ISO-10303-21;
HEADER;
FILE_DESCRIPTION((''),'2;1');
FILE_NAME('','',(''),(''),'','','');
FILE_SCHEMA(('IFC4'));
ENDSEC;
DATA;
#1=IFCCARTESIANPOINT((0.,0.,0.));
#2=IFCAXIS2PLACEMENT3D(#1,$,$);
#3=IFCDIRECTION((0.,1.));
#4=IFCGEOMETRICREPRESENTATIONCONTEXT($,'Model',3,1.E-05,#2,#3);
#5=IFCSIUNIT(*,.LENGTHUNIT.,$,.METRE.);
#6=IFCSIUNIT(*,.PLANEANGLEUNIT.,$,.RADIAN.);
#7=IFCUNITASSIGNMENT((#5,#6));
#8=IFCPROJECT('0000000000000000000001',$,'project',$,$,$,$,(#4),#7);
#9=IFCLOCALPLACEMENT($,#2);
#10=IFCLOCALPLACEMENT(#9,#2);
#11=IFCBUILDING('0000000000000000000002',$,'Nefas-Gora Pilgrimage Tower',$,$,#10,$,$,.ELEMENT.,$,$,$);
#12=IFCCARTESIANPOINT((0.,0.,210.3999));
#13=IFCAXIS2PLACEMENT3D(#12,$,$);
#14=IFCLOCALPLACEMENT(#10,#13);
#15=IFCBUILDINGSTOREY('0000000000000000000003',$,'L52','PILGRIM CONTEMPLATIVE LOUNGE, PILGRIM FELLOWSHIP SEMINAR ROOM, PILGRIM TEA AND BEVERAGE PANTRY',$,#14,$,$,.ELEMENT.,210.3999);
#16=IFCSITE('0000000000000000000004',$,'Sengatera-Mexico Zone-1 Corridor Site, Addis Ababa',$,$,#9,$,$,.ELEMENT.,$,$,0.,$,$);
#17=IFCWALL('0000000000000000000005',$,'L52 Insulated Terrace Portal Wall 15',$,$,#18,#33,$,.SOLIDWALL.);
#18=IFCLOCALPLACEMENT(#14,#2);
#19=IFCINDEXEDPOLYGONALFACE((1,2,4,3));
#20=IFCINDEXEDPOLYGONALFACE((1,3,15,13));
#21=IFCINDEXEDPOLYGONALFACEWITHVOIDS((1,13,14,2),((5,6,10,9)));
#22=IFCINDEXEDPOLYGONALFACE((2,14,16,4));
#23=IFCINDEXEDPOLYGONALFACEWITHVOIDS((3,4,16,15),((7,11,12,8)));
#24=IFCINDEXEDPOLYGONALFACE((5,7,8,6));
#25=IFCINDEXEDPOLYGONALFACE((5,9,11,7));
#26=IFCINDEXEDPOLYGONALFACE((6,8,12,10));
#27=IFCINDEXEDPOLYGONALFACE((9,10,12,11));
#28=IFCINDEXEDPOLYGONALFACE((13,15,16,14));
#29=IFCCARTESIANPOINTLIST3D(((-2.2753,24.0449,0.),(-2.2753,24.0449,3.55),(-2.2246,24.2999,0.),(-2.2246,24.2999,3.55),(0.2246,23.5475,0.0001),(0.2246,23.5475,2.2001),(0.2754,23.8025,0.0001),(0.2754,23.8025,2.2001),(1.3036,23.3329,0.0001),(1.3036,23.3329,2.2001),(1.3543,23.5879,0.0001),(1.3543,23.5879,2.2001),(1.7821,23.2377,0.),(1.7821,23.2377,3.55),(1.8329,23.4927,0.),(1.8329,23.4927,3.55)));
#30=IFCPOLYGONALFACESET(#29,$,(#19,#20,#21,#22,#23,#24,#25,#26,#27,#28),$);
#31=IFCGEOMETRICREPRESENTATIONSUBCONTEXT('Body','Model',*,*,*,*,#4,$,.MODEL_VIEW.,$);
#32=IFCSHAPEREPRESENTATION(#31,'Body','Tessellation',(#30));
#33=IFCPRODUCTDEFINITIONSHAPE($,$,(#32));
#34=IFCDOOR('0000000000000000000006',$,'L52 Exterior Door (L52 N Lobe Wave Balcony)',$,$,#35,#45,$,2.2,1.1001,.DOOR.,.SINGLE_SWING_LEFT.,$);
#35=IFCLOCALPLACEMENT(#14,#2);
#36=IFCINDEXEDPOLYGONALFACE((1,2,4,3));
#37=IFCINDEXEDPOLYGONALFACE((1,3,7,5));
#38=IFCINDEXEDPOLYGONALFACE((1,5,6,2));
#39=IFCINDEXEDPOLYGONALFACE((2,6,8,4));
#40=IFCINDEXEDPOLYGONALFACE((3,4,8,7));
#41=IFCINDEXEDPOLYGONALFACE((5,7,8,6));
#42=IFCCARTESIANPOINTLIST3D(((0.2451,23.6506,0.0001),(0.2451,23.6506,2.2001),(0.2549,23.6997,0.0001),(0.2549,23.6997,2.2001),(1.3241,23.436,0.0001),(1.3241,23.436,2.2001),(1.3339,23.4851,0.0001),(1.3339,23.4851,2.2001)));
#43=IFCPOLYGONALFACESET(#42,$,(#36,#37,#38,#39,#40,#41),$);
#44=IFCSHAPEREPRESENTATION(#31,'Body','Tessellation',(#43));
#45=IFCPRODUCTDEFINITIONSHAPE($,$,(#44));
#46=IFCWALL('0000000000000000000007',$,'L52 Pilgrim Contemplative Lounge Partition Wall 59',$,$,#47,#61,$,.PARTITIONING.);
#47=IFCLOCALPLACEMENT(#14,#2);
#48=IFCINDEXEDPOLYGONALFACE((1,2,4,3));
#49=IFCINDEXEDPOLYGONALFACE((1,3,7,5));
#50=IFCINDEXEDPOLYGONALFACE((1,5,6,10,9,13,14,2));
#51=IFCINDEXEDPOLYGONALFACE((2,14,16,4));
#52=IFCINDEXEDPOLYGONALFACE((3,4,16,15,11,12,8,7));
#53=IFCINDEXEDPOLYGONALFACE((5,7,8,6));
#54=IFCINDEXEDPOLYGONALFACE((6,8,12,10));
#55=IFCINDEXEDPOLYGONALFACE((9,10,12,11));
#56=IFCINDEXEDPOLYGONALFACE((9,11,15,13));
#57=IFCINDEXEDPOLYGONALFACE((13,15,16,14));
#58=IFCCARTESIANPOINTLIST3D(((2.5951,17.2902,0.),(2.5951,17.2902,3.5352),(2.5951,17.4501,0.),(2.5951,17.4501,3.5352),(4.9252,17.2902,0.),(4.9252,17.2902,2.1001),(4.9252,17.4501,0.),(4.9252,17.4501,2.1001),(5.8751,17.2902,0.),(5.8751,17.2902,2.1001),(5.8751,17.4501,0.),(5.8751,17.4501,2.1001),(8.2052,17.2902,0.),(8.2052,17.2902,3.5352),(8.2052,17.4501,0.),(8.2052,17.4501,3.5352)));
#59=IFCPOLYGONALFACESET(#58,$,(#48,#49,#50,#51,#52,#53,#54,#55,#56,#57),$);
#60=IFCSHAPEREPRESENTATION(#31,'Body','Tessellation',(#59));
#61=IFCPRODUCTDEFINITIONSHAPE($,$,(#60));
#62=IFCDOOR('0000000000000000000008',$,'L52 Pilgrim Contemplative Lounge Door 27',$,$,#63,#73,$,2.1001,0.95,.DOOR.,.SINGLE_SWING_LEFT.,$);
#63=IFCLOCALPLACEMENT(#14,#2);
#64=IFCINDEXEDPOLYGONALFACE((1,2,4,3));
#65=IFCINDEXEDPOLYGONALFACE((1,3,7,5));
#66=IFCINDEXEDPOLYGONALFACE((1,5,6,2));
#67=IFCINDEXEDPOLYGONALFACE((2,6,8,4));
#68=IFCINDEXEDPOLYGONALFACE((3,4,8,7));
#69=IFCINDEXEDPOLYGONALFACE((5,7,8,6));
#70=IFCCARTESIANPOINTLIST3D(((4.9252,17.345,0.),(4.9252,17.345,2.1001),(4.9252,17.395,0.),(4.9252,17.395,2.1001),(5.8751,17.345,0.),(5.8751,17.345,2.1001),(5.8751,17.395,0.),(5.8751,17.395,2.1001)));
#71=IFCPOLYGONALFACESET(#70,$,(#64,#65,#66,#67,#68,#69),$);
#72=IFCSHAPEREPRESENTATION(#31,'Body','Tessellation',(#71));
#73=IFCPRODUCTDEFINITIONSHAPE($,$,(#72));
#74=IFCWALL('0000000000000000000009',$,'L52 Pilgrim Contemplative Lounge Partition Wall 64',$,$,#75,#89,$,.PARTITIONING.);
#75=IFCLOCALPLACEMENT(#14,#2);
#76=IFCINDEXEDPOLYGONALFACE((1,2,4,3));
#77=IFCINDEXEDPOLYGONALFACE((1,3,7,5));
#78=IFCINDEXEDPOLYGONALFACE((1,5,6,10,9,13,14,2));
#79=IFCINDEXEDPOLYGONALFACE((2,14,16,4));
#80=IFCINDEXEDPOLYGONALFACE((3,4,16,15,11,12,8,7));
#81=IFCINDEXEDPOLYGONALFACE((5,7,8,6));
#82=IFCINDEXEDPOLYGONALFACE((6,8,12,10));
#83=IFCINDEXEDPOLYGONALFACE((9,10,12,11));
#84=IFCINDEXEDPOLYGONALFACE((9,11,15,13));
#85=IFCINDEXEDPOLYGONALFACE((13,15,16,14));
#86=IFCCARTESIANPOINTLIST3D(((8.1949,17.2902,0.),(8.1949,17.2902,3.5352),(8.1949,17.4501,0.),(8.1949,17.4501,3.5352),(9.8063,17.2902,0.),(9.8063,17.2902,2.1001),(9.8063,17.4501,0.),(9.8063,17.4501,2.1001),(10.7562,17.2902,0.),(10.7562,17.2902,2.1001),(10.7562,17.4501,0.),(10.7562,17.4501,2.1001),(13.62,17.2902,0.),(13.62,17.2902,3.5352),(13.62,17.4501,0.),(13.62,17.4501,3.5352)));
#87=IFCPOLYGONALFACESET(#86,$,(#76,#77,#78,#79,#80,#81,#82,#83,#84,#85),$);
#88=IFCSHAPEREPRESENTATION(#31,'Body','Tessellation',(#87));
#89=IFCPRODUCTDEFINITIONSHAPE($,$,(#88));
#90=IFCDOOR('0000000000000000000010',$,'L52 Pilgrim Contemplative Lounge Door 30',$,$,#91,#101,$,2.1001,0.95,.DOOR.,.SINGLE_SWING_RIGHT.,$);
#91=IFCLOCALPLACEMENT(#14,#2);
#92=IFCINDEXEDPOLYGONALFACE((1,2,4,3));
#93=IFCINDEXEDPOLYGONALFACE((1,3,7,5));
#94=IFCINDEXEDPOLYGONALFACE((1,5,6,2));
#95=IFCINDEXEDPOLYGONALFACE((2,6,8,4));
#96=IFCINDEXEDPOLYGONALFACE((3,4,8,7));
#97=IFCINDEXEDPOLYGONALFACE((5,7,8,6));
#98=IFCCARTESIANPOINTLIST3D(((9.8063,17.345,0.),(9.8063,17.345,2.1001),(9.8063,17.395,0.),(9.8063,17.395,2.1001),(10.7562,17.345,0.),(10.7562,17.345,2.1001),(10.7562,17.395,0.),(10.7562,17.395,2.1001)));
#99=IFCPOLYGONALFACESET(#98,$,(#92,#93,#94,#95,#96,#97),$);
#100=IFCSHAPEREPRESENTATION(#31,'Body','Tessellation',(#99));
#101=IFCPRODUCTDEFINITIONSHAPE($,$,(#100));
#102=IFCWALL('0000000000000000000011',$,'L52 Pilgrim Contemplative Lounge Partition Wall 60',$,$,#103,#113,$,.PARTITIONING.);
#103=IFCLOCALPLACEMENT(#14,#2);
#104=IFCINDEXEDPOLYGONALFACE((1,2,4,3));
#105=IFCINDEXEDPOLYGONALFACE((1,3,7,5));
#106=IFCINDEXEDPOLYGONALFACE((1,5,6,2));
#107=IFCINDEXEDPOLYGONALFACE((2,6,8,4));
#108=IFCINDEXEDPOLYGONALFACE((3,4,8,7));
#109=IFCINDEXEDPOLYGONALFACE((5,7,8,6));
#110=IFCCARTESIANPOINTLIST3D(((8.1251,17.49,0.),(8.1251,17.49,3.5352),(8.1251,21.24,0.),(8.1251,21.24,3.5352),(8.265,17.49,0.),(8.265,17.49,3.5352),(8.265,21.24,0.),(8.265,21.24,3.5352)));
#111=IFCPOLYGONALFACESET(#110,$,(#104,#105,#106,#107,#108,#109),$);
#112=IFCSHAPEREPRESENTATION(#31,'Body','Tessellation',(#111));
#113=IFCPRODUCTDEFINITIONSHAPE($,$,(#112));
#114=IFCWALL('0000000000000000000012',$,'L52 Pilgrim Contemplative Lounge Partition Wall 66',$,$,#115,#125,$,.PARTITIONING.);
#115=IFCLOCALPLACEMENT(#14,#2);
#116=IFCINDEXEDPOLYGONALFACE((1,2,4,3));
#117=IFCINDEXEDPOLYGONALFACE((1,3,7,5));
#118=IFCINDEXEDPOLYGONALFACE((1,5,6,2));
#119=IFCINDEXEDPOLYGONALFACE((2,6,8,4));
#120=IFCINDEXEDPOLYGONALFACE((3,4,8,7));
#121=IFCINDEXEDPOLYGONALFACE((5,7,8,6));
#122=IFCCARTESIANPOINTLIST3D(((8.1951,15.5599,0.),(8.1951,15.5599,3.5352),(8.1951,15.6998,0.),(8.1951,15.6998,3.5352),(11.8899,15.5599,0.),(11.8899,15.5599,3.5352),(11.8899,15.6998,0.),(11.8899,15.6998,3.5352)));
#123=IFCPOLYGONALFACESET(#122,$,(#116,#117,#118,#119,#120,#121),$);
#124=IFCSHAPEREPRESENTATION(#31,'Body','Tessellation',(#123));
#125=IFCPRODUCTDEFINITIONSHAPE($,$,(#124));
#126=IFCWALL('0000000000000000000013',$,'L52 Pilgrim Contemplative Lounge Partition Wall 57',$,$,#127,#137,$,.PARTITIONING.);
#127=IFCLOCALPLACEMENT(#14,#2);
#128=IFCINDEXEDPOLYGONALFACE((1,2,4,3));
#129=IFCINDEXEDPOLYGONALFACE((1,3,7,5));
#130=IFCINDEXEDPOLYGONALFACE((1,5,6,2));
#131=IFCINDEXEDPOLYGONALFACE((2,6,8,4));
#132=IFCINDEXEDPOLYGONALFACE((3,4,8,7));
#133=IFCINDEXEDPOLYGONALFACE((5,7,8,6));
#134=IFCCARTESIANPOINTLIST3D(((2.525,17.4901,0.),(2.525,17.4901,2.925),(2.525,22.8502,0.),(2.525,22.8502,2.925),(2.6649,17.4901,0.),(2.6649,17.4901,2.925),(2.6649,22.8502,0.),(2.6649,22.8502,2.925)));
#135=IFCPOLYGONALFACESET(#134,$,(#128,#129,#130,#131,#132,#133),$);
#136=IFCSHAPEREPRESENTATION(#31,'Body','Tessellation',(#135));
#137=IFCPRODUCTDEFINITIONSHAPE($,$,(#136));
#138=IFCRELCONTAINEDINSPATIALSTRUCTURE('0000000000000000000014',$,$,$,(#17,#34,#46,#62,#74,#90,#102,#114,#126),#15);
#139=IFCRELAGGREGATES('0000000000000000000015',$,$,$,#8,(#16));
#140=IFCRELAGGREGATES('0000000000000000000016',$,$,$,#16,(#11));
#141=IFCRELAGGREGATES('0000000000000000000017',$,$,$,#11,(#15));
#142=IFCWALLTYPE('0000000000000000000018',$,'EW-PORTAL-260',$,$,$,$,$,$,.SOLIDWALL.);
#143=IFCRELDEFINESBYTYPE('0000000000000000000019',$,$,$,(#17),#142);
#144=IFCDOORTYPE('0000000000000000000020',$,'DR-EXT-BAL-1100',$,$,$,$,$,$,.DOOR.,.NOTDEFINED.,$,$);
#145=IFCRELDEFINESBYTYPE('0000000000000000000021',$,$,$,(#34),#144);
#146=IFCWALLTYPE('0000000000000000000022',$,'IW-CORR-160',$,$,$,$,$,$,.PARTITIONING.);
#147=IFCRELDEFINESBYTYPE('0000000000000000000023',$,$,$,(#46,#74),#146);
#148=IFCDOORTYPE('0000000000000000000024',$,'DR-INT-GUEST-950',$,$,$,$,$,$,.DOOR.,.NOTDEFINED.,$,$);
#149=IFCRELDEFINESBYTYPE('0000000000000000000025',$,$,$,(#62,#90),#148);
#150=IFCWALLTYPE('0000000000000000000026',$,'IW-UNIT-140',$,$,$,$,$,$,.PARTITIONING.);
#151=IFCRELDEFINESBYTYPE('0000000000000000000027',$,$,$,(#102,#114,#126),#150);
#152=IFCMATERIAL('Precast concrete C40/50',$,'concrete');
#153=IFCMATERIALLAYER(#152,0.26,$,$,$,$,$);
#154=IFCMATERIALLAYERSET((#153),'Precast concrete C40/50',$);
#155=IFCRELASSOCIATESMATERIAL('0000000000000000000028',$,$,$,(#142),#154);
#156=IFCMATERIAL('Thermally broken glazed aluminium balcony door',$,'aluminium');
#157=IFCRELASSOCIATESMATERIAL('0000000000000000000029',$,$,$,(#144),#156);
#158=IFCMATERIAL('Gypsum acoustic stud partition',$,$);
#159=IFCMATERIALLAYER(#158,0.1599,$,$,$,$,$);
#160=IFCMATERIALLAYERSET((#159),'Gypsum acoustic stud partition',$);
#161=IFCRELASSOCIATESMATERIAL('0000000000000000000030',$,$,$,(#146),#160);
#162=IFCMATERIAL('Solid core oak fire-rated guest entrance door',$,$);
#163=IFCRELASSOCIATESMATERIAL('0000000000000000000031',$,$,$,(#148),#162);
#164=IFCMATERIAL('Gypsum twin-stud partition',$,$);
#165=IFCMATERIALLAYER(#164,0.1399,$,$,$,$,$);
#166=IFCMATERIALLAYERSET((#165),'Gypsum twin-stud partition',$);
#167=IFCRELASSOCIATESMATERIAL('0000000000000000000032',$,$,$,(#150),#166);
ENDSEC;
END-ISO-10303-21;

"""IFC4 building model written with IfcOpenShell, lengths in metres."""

from ifc_helpers import new_model, si_unit, direction, frame, frame_2d, origin, place, context, subcontext, project, spatial, rectangle, extrude, source, transform, mapped, material, layer, layer_set, type_object, element, fill, save


model = new_model("IFC4")

# Units and contexts
model_context = context("Model", 3, precision=1e-05, world=origin(), true_north=direction((0.0, 1.0)))
body_context = subcontext(model_context, "Body", "Model", "MODEL_VIEW")
ifc_project = project(units=[si_unit("LENGTHUNIT", "METRE"), si_unit("PLANEANGLEUNIT", "RADIAN")], contexts=[model_context])

# Site, building, storey
site_placement = place(None, origin())
site = spatial("IfcSite", under=ifc_project, at=site_placement, Name="Sengatera-Mexico Zone-1 Corridor Site, Addis Ababa", CompositionType="ELEMENT", RefElevation=0.0)
building_placement = place(site_placement, origin())
building = spatial("IfcBuilding", under=site, at=building_placement, Name="Nefas-Gora Pilgrimage Tower", CompositionType="ELEMENT")
storey_placement = place(building_placement, frame((0.0, 0.0, 210.3999)))
storey = spatial("IfcBuildingStorey", under=building, at=storey_placement, Name="L52", Description="PILGRIM CONTEMPLATIVE LOUNGE, PILGRIM FELLOWSHIP SEMINAR ROOM, PILGRIM TEA AND BEVERAGE PANTRY", CompositionType="ELEMENT", Elevation=210.3999)

# Shared definitions
ifc_material_1 = material(Name="Precast concrete C40/50", Category="concrete")
ifc_layer_1 = layer(ifc_material_1, 0.26)
ifc_layer_set_1 = layer_set([ifc_layer_1], Name="Precast concrete C40/50")
wall_type_1 = type_object("IfcWallType", Name="EW-PORTAL-260", PredefinedType="SOLIDWALL", material=ifc_layer_set_1)

# Walls, openings, doors
shared_shape_1 = source(origin(), body_context, "Body", "SweptSolid", [
    extrude(rectangle(XDim=4.137, YDim=0.26, at=frame_2d((2.0684, 0.0))), origin(), (0.0, 0.0, 1.0), 3.55),
])
wall_1_placement = place(storey_placement, frame((1.8074, 23.3652, 0.0), z_axis=(0.0, 0.0, 1.0), x_axis=(-0.980782, 0.195106, 0.0)))
wall_1 = element("IfcWall", 1, at=wall_1_placement, inside=storey, type_object=wall_type_1, Name="L52 Insulated Terrace Portal Wall 15", PredefinedType="SOLIDWALL", context=body_context, shape_type="MappedRepresentation", body=[
    mapped(shared_shape_1, transform((0.0, 0.0, 0.0), x_axis=(1.0, 0.0, 0.0), y_axis=(0.0, 1.0, 0.0), z_axis=(0.0, 0.0, 1.0), scale=1.0)),
])
opening_1_placement = place(wall_1_placement, frame((0.4878, 0.0, 0.0)))
opening_1 = element("IfcOpeningElement", 2, at=opening_1_placement, cuts=wall_1, PredefinedType="OPENING", context=body_context, shape_type="SweptSolid", body=[
    extrude(rectangle(XDim=1.1001, YDim=2.2, at=frame_2d((0.55, 1.1001))), frame((0.0, 0.1399, 0.0), z_axis=(0.0, -1.0, 0.0), x_axis=(1.0, 0.0, 0.0)), (0.0, 0.0, 1.0), 0.28),
])
ifc_material_2 = material(Name="Thermally broken glazed aluminium balcony door", Category="aluminium")
door_type_1 = type_object("IfcDoorType", Name="DR-EXT-BAL-1100", OperationType="NOTDEFINED", PredefinedType="DOOR", material=ifc_material_2)
shared_shape_2 = source(origin(), body_context, "Body", "SweptSolid", [
    extrude(rectangle(XDim=1.1001, YDim=2.2, at=frame_2d((0.55, 1.1001))), frame((0.0, 0.0249, 0.0), z_axis=(0.0, -1.0, 0.0), x_axis=(1.0, 0.0, 0.0)), (0.0, 0.0, 1.0), 0.05),
])
door_1_placement = place(opening_1_placement, origin())
door_1 = element("IfcDoor", 3, at=door_1_placement, inside=storey, type_object=door_type_1, Name="L52 Exterior Door (L52 N Lobe Wave Balcony)", OperationType="SINGLE_SWING_LEFT", OverallHeight=2.2, OverallWidth=1.1001, PredefinedType="DOOR", context=body_context, shape_type="MappedRepresentation", body=[
    mapped(shared_shape_2, transform((0.0, 0.0, 0.0), x_axis=(1.0, 0.0, 0.0), y_axis=(0.0, 1.0, 0.0), z_axis=(0.0, 0.0, 1.0), scale=1.0)),
])
fill(opening_1, door_1)
ifc_material_3 = material(Name="Gypsum acoustic stud partition")
ifc_layer_2 = layer(ifc_material_3, 0.1599)
ifc_layer_set_2 = layer_set([ifc_layer_2], Name="Gypsum acoustic stud partition")
wall_type_2 = type_object("IfcWallType", Name="IW-CORR-160", PredefinedType="PARTITIONING", material=ifc_layer_set_2)
shared_shape_3 = source(origin(), body_context, "Body", "SweptSolid", [
    extrude(rectangle(XDim=5.6101, YDim=0.1599, at=frame_2d((2.8052, 0.0))), origin(), (0.0, 0.0, 1.0), 3.5352),
])
wall_2_placement = place(storey_placement, frame((2.595, 17.3701, 0.0), z_axis=(0.0, 0.0, 1.0), x_axis=(1.0, 0.0, 0.0)))
wall_2 = element("IfcWall", 4, at=wall_2_placement, inside=storey, type_object=wall_type_2, Name="L52 Pilgrim Contemplative Lounge Partition Wall 59", PredefinedType="PARTITIONING", context=body_context, shape_type="MappedRepresentation", body=[
    mapped(shared_shape_3, transform((0.0, 0.0, 0.0), x_axis=(1.0, 0.0, 0.0), y_axis=(0.0, 1.0, 0.0), z_axis=(0.0, 0.0, 1.0), scale=1.0)),
])
opening_2_placement = place(wall_2_placement, frame((2.3301, 0.0, 0.0)))
opening_2 = element("IfcOpeningElement", 5, at=opening_2_placement, cuts=wall_2, PredefinedType="OPENING", context=body_context, shape_type="SweptSolid", body=[
    extrude(rectangle(XDim=0.95, YDim=2.1001, at=frame_2d((0.4751, 1.05))), frame((0.0, 0.0898, 0.0), z_axis=(0.0, -1.0, 0.0), x_axis=(1.0, 0.0, 0.0)), (0.0, 0.0, 1.0), 0.1799),
])
ifc_material_4 = material(Name="Solid core oak fire-rated guest entrance door")
door_type_2 = type_object("IfcDoorType", Name="DR-INT-GUEST-950", OperationType="NOTDEFINED", PredefinedType="DOOR", material=ifc_material_4)
shared_shape_4 = source(origin(), body_context, "Body", "SweptSolid", [
    extrude(rectangle(XDim=0.95, YDim=2.1001, at=frame_2d((0.4751, 1.05))), frame((0.0, 0.0249, 0.0), z_axis=(0.0, -1.0, 0.0), x_axis=(1.0, 0.0, 0.0)), (0.0, 0.0, 1.0), 0.05),
])
door_2_placement = place(opening_2_placement, origin())
door_2 = element("IfcDoor", 6, at=door_2_placement, inside=storey, type_object=door_type_2, Name="L52 Pilgrim Contemplative Lounge Door 27", OperationType="SINGLE_SWING_LEFT", OverallHeight=2.1001, OverallWidth=0.95, PredefinedType="DOOR", context=body_context, shape_type="MappedRepresentation", body=[
    mapped(shared_shape_4, transform((0.0, 0.0, 0.0), x_axis=(1.0, 0.0, 0.0), y_axis=(0.0, 1.0, 0.0), z_axis=(0.0, 0.0, 1.0), scale=1.0)),
])
fill(opening_2, door_2)
shared_shape_5 = source(origin(), body_context, "Body", "SweptSolid", [
    extrude(rectangle(XDim=5.425, YDim=0.1599, at=frame_2d((2.7124, 0.0))), origin(), (0.0, 0.0, 1.0), 3.5352),
])
wall_3_placement = place(storey_placement, frame((8.1951, 17.3701, 0.0), z_axis=(0.0, 0.0, 1.0), x_axis=(1.0, 0.0, 0.0)))
wall_3 = element("IfcWall", 7, at=wall_3_placement, inside=storey, type_object=wall_type_2, Name="L52 Pilgrim Contemplative Lounge Partition Wall 64", PredefinedType="PARTITIONING", context=body_context, shape_type="MappedRepresentation", body=[
    mapped(shared_shape_5, transform((0.0, 0.0, 0.0), x_axis=(1.0, 0.0, 0.0), y_axis=(0.0, 1.0, 0.0), z_axis=(0.0, 0.0, 1.0), scale=1.0)),
])
opening_3_placement = place(wall_3_placement, frame((1.6111, 0.0, 0.0)))
opening_3 = element("IfcOpeningElement", 8, at=opening_3_placement, cuts=wall_3, PredefinedType="OPENING", context=body_context, shape_type="SweptSolid", body=[
    extrude(rectangle(XDim=0.95, YDim=2.1001, at=frame_2d((0.4751, 1.05))), frame((0.0, 0.0898, 0.0), z_axis=(0.0, -1.0, 0.0), x_axis=(1.0, 0.0, 0.0)), (0.0, 0.0, 1.0), 0.1799),
])
door_3_placement = place(opening_3_placement, origin())
door_3 = element("IfcDoor", 9, at=door_3_placement, inside=storey, type_object=door_type_2, Name="L52 Pilgrim Contemplative Lounge Door 30", OperationType="SINGLE_SWING_RIGHT", OverallHeight=2.1001, OverallWidth=0.95, PredefinedType="DOOR", context=body_context, shape_type="MappedRepresentation", body=[
    mapped(shared_shape_4, transform((0.0, 0.0, 0.0), x_axis=(1.0, 0.0, 0.0), y_axis=(0.0, 1.0, 0.0), z_axis=(0.0, 0.0, 1.0), scale=1.0)),
])
fill(opening_3, door_3)

# Walls
ifc_material_5 = material(Name="Gypsum twin-stud partition")
ifc_layer_3 = layer(ifc_material_5, 0.1399)
ifc_layer_set_3 = layer_set([ifc_layer_3], Name="Gypsum twin-stud partition")
wall_type_3 = type_object("IfcWallType", Name="IW-UNIT-140", PredefinedType="PARTITIONING", material=ifc_layer_set_3)
shared_shape_6 = source(origin(), body_context, "Body", "SweptSolid", [
    extrude(rectangle(XDim=3.75, YDim=0.1399, at=frame_2d((1.875, 0.0))), origin(), (0.0, 0.0, 1.0), 3.5352),
])
wall_4_placement = place(storey_placement, frame((8.1951, 17.49, 0.0), z_axis=(0.0, 0.0, 1.0), x_axis=(0.0, 1.0, 0.0)))
element("IfcWall", 10, at=wall_4_placement, inside=storey, type_object=wall_type_3, Name="L52 Pilgrim Contemplative Lounge Partition Wall 60", PredefinedType="PARTITIONING", context=body_context, shape_type="MappedRepresentation", body=[
    mapped(shared_shape_6, transform((0.0, 0.0, 0.0), x_axis=(1.0, 0.0, 0.0), y_axis=(0.0, 1.0, 0.0), z_axis=(0.0, 0.0, 1.0), scale=1.0)),
])
shared_shape_7 = source(origin(), body_context, "Body", "SweptSolid", [
    extrude(rectangle(XDim=3.6948, YDim=0.1399, at=frame_2d((1.8474, 0.0))), origin(), (0.0, 0.0, 1.0), 3.5352),
])
wall_5_placement = place(storey_placement, frame((8.1951, 15.6299, 0.0), z_axis=(0.0, 0.0, 1.0), x_axis=(1.0, 0.0, 0.0)))
element("IfcWall", 11, at=wall_5_placement, inside=storey, type_object=wall_type_3, Name="L52 Pilgrim Contemplative Lounge Partition Wall 66", PredefinedType="PARTITIONING", context=body_context, shape_type="MappedRepresentation", body=[
    mapped(shared_shape_7, transform((0.0, 0.0, 0.0), x_axis=(1.0, 0.0, 0.0), y_axis=(0.0, 1.0, 0.0), z_axis=(0.0, 0.0, 1.0), scale=1.0)),
])
shared_shape_8 = source(origin(), body_context, "Body", "SweptSolid", [
    extrude(rectangle(XDim=5.3601, YDim=0.1399, at=frame_2d((2.6802, 0.0))), origin(), (0.0, 0.0, 1.0), 2.925),
])
wall_6_placement = place(storey_placement, frame((2.595, 17.49, 0.0), z_axis=(0.0, 0.0, 1.0), x_axis=(0.0, 1.0, 0.0)))
element("IfcWall", 12, at=wall_6_placement, inside=storey, type_object=wall_type_3, Name="L52 Pilgrim Contemplative Lounge Partition Wall 57", PredefinedType="PARTITIONING", context=body_context, shape_type="MappedRepresentation", body=[
    mapped(shared_shape_8, transform((0.0, 0.0, 0.0), x_axis=(1.0, 0.0, 0.0), y_axis=(0.0, 1.0, 0.0), z_axis=(0.0, 0.0, 1.0), scale=1.0)),
])

save(model, "model.ifc")
